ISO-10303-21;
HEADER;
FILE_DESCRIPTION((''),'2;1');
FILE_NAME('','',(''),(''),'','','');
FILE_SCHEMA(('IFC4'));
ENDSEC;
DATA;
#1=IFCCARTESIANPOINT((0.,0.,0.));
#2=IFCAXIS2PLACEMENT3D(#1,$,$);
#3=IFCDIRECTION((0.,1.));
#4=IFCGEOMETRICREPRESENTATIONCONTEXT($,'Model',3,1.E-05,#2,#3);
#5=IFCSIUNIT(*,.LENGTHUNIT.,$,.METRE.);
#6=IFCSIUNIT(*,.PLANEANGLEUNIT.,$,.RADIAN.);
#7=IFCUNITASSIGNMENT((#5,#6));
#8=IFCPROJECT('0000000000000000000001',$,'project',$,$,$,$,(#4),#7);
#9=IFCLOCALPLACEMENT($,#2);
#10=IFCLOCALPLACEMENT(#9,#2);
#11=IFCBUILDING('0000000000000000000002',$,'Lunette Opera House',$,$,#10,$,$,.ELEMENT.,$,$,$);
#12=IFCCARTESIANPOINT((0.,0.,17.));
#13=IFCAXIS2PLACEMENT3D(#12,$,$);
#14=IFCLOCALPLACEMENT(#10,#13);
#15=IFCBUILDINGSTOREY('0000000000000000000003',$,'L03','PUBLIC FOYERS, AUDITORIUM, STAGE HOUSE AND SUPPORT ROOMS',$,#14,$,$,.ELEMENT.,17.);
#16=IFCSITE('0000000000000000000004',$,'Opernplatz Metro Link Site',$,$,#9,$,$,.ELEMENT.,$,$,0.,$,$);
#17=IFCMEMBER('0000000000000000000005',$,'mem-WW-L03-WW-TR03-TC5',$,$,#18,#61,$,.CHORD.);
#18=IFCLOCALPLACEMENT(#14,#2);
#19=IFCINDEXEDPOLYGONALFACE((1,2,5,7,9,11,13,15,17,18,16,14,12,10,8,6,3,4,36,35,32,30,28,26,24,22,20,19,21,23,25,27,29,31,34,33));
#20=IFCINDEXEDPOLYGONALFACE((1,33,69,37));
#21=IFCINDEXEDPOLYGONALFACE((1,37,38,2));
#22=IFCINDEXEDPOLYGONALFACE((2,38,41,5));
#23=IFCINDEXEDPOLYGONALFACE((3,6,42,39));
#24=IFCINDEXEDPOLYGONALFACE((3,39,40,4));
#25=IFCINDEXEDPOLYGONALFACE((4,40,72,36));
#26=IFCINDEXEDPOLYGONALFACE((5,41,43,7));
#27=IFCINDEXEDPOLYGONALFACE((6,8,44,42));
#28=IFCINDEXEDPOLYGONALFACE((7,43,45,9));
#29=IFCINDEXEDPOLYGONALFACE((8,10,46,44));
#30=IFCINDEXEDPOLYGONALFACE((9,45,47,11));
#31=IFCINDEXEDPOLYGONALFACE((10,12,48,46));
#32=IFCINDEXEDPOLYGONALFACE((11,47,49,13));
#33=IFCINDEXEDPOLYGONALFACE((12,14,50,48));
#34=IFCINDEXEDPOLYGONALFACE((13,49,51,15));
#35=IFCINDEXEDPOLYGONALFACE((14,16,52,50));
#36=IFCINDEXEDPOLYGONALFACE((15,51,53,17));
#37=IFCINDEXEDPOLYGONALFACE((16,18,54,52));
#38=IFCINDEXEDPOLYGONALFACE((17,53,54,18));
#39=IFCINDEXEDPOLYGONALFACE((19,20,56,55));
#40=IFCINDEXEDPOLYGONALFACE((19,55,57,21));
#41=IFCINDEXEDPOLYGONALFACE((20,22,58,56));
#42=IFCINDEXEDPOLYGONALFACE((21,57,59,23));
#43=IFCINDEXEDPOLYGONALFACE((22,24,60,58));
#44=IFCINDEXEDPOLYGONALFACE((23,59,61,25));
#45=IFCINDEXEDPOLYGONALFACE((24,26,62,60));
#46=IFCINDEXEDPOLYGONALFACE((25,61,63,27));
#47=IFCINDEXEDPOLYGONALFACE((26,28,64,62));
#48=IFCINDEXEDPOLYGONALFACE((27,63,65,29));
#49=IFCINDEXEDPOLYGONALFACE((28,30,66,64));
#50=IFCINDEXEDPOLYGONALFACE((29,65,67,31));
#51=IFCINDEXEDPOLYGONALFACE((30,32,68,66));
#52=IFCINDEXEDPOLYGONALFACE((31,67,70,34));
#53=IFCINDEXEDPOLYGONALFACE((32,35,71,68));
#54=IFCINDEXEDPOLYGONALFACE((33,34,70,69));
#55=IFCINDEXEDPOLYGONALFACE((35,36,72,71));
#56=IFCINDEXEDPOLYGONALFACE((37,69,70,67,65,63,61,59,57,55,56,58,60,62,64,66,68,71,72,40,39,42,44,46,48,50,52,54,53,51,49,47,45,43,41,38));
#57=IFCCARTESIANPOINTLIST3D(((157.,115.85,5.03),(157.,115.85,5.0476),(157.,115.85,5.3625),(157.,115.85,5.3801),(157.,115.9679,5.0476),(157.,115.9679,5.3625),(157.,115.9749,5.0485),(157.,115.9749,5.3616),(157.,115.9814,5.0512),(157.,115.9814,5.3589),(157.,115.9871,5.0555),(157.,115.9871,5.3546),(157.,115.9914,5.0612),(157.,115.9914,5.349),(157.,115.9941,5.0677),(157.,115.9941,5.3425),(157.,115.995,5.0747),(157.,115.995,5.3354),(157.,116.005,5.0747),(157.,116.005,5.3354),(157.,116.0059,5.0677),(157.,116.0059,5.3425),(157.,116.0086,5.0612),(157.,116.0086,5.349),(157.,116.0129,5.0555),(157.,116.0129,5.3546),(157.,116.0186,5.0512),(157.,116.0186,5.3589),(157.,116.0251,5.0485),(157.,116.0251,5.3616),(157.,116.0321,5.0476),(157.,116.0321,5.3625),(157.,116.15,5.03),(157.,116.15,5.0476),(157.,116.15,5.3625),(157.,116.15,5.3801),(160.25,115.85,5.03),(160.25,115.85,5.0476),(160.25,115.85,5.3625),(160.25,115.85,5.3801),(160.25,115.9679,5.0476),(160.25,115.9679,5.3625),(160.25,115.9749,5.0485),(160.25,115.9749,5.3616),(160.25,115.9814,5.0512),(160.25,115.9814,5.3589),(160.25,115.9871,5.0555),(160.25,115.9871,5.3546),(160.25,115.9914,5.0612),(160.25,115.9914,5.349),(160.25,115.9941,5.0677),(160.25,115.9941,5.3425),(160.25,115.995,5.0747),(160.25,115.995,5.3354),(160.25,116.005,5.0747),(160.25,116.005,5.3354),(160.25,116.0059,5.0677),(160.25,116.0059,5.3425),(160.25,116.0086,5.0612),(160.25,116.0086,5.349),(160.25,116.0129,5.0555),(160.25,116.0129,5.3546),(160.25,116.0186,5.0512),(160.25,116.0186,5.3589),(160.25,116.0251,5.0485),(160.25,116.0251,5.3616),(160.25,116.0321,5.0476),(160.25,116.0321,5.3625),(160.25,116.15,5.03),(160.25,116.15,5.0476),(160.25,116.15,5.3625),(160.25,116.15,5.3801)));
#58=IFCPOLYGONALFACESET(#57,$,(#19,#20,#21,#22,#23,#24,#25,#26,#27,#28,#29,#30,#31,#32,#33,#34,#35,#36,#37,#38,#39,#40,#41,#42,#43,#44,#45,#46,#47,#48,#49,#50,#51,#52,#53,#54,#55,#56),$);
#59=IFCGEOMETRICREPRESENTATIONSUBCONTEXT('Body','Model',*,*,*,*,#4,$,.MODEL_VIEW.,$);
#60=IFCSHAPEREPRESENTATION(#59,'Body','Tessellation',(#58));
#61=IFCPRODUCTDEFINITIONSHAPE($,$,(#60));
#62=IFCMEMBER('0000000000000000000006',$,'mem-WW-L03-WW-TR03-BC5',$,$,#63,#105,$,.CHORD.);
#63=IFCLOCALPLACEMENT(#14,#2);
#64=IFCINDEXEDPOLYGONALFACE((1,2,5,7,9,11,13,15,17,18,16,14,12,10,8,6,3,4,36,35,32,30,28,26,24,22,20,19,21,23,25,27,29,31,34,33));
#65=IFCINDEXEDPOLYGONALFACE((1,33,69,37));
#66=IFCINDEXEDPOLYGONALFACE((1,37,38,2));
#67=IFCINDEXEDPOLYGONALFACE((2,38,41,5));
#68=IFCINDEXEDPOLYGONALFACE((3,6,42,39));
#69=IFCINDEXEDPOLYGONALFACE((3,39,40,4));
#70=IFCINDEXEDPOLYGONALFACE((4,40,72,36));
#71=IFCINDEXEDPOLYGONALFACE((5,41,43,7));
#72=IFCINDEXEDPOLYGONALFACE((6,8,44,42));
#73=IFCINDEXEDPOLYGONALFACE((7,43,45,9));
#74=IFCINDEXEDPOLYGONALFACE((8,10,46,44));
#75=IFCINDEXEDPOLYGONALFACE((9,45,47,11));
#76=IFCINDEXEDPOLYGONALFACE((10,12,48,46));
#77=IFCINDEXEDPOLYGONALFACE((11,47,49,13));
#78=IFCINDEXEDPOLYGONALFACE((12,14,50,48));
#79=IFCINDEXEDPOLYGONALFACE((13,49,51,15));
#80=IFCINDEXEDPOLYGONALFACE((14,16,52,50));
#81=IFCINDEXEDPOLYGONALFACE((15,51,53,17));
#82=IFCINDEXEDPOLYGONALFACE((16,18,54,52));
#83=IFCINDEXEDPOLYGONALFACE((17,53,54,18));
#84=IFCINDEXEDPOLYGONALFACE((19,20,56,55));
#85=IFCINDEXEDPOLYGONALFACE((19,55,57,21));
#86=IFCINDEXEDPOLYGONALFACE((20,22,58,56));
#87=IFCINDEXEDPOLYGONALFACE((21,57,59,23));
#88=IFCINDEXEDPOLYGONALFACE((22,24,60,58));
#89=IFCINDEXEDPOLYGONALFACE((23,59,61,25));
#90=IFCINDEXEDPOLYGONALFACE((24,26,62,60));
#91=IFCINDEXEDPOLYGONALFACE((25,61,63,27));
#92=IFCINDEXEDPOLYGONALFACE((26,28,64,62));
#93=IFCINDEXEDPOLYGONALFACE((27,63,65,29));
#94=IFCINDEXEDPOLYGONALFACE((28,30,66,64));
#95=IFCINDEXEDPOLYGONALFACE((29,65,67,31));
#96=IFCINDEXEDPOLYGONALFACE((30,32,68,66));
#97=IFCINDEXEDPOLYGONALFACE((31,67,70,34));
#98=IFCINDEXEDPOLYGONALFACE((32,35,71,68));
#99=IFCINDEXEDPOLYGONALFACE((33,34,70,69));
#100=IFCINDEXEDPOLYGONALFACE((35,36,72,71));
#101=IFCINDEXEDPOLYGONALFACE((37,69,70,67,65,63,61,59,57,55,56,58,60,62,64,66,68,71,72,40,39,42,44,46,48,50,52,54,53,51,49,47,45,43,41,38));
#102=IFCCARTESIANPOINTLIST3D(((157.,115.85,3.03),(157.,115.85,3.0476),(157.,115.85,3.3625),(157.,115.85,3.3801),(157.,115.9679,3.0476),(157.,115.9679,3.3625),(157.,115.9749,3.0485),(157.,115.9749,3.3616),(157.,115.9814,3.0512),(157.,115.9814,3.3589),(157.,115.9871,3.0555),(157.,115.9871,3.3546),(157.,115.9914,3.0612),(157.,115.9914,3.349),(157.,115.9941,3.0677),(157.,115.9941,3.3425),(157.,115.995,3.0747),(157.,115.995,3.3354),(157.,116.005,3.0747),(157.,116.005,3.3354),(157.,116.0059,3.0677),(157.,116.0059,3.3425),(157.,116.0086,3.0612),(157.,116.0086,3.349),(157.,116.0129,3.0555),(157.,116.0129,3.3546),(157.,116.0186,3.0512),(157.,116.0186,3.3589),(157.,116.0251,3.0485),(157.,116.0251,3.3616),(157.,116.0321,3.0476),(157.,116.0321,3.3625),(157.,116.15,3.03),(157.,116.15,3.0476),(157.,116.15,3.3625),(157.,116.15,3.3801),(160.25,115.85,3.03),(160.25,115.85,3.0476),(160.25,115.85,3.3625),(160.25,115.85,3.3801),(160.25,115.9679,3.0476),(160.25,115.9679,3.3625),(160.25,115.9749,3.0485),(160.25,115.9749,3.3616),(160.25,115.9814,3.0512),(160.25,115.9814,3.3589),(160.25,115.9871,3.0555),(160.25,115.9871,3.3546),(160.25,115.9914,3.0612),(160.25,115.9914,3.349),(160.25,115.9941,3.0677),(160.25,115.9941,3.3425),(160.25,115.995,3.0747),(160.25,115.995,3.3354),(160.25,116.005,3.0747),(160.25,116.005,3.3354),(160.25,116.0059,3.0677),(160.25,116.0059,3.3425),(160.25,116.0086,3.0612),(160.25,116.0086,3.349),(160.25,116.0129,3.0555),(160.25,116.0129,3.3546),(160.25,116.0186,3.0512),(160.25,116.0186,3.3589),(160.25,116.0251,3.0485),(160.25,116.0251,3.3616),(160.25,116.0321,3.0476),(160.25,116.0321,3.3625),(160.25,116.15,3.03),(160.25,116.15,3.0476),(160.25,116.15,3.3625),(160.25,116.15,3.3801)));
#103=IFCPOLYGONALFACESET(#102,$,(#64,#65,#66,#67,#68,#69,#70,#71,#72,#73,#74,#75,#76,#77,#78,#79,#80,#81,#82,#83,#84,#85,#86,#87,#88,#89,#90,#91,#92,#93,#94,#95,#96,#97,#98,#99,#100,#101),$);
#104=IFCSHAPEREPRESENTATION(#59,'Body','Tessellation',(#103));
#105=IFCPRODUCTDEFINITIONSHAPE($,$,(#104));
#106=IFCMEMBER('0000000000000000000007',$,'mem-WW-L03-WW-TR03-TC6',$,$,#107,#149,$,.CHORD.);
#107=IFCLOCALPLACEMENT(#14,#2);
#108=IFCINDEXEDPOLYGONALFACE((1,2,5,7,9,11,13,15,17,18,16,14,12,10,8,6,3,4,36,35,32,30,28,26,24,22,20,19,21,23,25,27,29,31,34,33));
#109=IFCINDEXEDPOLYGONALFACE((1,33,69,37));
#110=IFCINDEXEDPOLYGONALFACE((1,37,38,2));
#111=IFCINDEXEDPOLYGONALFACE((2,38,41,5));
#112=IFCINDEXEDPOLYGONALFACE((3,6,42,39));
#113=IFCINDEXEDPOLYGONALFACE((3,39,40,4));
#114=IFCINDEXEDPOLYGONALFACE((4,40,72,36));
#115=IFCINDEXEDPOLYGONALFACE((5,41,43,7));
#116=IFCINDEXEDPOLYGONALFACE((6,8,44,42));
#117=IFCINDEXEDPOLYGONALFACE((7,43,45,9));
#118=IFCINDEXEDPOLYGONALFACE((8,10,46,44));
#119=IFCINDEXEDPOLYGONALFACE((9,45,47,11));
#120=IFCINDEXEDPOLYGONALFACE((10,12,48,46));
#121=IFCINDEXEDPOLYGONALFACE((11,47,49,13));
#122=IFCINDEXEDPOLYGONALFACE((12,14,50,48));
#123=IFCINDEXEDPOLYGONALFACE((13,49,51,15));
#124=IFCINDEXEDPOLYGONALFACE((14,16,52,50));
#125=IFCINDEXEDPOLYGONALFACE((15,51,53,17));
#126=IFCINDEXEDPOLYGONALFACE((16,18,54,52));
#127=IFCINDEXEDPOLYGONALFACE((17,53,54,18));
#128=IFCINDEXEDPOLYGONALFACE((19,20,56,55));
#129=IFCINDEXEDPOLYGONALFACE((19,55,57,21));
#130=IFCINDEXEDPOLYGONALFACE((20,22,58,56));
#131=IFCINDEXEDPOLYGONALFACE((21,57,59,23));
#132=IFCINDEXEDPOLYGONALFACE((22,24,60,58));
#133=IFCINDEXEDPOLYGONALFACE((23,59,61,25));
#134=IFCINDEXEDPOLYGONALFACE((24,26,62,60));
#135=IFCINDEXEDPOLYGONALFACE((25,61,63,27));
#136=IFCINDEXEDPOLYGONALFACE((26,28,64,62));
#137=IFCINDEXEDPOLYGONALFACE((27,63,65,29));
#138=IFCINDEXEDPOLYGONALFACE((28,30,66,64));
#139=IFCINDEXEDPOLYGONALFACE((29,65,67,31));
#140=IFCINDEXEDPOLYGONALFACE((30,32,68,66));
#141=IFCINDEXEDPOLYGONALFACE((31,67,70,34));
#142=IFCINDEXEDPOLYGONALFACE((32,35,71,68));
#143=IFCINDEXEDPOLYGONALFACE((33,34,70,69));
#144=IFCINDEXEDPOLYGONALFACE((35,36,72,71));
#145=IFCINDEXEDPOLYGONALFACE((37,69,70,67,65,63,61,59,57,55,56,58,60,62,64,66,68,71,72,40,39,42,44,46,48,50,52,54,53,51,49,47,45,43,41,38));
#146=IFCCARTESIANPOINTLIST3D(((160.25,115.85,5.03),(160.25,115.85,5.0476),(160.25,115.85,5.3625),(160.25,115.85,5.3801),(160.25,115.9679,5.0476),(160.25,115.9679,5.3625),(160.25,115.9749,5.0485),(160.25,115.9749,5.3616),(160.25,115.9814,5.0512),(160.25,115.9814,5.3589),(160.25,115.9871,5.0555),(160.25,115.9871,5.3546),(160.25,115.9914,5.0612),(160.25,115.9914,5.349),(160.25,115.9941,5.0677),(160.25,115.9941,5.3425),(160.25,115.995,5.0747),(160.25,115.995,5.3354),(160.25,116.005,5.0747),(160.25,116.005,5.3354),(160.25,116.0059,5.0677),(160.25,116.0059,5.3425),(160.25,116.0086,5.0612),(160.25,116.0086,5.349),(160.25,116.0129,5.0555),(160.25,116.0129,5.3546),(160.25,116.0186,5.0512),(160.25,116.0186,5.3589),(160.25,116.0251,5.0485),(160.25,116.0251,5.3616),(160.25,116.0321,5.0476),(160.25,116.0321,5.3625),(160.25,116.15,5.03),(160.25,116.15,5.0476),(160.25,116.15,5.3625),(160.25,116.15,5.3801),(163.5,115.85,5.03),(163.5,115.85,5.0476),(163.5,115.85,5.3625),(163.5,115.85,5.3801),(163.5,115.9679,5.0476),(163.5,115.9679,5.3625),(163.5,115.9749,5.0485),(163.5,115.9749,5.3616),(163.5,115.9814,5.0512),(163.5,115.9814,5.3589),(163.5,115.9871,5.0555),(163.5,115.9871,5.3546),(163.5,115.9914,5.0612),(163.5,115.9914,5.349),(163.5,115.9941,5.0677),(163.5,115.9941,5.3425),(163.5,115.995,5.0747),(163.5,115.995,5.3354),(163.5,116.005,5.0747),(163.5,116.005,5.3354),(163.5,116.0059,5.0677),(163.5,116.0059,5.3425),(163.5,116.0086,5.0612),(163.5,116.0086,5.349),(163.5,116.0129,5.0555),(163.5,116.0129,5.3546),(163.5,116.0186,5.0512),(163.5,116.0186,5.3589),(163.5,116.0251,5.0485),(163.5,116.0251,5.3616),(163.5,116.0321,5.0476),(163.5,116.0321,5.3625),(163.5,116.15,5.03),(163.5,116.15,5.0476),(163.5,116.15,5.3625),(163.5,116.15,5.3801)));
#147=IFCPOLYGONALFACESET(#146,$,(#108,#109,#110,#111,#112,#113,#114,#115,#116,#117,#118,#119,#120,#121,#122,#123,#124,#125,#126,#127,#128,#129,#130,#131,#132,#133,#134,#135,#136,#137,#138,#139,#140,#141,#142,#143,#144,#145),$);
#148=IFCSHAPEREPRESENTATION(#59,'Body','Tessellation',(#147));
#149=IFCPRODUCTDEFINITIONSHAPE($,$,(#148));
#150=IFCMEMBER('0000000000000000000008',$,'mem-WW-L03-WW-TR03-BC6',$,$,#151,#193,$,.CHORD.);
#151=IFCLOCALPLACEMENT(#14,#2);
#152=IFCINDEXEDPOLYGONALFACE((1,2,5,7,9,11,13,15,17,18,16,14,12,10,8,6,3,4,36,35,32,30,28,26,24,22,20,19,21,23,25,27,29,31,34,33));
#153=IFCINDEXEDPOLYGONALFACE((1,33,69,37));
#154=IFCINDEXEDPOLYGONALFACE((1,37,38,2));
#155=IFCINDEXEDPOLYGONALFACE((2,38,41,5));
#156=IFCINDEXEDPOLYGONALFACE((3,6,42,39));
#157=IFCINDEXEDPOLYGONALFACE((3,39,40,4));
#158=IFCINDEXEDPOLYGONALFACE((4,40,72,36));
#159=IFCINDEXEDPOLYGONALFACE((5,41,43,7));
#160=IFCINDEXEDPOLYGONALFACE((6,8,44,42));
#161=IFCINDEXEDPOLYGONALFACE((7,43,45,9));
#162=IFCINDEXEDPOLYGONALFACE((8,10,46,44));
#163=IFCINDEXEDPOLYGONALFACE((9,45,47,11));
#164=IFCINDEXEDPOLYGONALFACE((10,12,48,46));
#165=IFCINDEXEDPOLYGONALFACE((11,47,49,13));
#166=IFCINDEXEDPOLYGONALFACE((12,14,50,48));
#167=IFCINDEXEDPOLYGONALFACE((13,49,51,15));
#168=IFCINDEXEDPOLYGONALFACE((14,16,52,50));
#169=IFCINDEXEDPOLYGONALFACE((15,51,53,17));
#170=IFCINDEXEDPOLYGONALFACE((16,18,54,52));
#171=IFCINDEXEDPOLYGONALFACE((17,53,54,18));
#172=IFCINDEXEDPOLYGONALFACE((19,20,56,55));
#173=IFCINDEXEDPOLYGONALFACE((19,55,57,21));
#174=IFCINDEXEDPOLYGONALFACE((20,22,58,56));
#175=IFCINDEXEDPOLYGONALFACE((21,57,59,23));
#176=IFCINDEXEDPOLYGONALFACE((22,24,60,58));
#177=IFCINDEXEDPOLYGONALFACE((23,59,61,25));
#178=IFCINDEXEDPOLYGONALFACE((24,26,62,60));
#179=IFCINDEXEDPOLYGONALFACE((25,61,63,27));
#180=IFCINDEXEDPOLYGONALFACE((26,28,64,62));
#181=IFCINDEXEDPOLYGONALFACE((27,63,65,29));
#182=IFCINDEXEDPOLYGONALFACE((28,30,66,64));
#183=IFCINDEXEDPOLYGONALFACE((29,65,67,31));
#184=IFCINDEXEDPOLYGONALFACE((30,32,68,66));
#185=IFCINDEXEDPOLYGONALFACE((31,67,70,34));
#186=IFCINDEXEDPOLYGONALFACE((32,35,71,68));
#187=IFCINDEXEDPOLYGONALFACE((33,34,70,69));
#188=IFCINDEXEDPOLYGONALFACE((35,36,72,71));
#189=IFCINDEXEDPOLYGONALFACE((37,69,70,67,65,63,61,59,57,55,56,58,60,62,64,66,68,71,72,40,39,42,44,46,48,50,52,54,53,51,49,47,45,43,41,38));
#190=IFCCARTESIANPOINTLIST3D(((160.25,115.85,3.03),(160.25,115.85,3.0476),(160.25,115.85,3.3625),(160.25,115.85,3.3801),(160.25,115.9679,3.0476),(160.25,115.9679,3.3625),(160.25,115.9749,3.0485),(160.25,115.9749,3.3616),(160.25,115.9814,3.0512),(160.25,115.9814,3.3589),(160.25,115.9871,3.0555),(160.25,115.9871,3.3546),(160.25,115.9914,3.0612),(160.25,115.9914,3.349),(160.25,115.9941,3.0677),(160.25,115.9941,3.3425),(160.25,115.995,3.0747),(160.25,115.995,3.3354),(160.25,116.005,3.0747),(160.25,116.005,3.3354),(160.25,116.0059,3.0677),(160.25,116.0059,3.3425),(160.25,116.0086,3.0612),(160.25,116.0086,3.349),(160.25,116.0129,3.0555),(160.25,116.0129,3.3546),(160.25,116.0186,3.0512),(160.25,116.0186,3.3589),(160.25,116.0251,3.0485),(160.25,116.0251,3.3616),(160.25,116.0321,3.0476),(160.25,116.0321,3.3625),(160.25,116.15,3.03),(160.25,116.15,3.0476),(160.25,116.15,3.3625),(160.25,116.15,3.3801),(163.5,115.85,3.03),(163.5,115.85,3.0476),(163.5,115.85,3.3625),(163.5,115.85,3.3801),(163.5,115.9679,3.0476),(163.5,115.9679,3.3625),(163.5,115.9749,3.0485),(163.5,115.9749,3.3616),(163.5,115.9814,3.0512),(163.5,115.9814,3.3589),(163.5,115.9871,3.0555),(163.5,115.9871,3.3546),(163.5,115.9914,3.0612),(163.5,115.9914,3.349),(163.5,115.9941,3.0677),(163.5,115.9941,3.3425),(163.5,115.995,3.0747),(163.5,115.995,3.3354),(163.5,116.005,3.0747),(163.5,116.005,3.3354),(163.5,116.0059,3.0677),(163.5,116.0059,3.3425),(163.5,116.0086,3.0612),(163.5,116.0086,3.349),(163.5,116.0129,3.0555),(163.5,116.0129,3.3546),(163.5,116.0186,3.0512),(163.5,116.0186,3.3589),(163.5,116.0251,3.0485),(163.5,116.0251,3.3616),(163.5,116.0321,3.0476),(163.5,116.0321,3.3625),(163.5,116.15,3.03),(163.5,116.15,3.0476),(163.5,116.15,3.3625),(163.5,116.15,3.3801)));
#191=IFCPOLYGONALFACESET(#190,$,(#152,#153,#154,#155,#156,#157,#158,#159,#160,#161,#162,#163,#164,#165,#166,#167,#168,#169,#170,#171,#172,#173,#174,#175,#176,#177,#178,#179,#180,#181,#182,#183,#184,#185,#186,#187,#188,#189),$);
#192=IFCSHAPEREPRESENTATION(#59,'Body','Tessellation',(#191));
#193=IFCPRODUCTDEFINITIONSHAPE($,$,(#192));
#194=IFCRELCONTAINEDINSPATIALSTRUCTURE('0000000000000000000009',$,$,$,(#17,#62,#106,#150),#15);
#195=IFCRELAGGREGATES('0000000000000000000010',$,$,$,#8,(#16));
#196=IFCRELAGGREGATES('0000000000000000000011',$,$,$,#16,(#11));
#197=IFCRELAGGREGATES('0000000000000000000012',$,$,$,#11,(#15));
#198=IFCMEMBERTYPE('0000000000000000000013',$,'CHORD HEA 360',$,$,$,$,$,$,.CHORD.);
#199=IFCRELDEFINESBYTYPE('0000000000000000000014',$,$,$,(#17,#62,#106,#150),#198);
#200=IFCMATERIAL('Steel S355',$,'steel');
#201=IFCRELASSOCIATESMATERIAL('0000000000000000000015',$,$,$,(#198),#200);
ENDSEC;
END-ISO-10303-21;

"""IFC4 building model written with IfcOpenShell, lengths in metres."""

from ifc_helpers import new_model, si_unit, direction, frame, origin, origin_2d, place, context, subcontext, project, spatial, i_section, extrude, material, material_profile, profile_set, type_object, element, save


model = new_model("IFC4")

# Units and contexts
model_context = context("Model", 3, precision=1e-05, world=origin(), true_north=direction((0.0, 1.0)))
body_context = subcontext(model_context, "Body", "Model", "MODEL_VIEW")
ifc_project = project(units=[si_unit("LENGTHUNIT", "METRE"), si_unit("PLANEANGLEUNIT", "RADIAN")], contexts=[model_context])

# Site, building, storey
site_placement = place(None, origin())
site = spatial("IfcSite", under=ifc_project, at=site_placement, Name="Opernplatz Metro Link Site", CompositionType="ELEMENT", RefElevation=0.0)
building_placement = place(site_placement, origin())
building = spatial("IfcBuilding", under=site, at=building_placement, Name="Lunette Opera House", CompositionType="ELEMENT")
storey_placement = place(building_placement, frame((0.0, 0.0, 17.0)))
storey = spatial("IfcBuildingStorey", under=building, at=storey_placement, Name="L03", Description="PUBLIC FOYERS, AUDITORIUM, STAGE HOUSE AND SUPPORT ROOMS", CompositionType="ELEMENT", Elevation=17.0)

# Members
ifc_material_1 = material(Name="Steel S355", Category="steel")
ifc_material_profile_1 = material_profile(ifc_material_1, i_section(OverallWidth=0.3, OverallDepth=0.3501, WebThickness=0.01, FlangeThickness=0.0176, FilletRadius=0.0271, at=origin_2d()), Name="HEA 360")
ifc_profile_set_1 = profile_set([ifc_material_profile_1], Name="Steel S355")
member_type_1 = type_object("IfcMemberType", Name="CHORD HEA 360", PredefinedType="CHORD", material=ifc_profile_set_1)
for number, where, z_axis, x_axis, name in (
    (1, (157.0, 116.0, 5.2051), (1.0, 0.0, 0.0), (0.0, 1.0, 0.0), "mem-WW-L03-WW-TR03-TC5"),
    (2, (157.0, 116.0, 3.2051), (1.0, 0.0, 0.0), (0.0, 1.0, 0.0), "mem-WW-L03-WW-TR03-BC5"),
    (3, (160.25, 116.0, 5.2051), (1.0, 0.0, 0.0), (0.0, 1.0, 0.0), "mem-WW-L03-WW-TR03-TC6"),
    (4, (160.25, 116.0, 3.2051), (1.0, 0.0, 0.0), (0.0, 1.0, 0.0), "mem-WW-L03-WW-TR03-BC6"),
):
    element("IfcMember", number, at=place(storey_placement, frame(where, z_axis=z_axis, x_axis=x_axis)), inside=storey, type_object=member_type_1, Name=name, PredefinedType="CHORD", context=body_context, shape_type="SweptSolid", body=[
        extrude(i_section(OverallWidth=0.3, OverallDepth=0.3501, WebThickness=0.01, FlangeThickness=0.0176, FilletRadius=0.0271, at=origin_2d()), origin(), (0.0, 0.0, 1.0), 3.25),
    ])

save(model, "model.ifc")
